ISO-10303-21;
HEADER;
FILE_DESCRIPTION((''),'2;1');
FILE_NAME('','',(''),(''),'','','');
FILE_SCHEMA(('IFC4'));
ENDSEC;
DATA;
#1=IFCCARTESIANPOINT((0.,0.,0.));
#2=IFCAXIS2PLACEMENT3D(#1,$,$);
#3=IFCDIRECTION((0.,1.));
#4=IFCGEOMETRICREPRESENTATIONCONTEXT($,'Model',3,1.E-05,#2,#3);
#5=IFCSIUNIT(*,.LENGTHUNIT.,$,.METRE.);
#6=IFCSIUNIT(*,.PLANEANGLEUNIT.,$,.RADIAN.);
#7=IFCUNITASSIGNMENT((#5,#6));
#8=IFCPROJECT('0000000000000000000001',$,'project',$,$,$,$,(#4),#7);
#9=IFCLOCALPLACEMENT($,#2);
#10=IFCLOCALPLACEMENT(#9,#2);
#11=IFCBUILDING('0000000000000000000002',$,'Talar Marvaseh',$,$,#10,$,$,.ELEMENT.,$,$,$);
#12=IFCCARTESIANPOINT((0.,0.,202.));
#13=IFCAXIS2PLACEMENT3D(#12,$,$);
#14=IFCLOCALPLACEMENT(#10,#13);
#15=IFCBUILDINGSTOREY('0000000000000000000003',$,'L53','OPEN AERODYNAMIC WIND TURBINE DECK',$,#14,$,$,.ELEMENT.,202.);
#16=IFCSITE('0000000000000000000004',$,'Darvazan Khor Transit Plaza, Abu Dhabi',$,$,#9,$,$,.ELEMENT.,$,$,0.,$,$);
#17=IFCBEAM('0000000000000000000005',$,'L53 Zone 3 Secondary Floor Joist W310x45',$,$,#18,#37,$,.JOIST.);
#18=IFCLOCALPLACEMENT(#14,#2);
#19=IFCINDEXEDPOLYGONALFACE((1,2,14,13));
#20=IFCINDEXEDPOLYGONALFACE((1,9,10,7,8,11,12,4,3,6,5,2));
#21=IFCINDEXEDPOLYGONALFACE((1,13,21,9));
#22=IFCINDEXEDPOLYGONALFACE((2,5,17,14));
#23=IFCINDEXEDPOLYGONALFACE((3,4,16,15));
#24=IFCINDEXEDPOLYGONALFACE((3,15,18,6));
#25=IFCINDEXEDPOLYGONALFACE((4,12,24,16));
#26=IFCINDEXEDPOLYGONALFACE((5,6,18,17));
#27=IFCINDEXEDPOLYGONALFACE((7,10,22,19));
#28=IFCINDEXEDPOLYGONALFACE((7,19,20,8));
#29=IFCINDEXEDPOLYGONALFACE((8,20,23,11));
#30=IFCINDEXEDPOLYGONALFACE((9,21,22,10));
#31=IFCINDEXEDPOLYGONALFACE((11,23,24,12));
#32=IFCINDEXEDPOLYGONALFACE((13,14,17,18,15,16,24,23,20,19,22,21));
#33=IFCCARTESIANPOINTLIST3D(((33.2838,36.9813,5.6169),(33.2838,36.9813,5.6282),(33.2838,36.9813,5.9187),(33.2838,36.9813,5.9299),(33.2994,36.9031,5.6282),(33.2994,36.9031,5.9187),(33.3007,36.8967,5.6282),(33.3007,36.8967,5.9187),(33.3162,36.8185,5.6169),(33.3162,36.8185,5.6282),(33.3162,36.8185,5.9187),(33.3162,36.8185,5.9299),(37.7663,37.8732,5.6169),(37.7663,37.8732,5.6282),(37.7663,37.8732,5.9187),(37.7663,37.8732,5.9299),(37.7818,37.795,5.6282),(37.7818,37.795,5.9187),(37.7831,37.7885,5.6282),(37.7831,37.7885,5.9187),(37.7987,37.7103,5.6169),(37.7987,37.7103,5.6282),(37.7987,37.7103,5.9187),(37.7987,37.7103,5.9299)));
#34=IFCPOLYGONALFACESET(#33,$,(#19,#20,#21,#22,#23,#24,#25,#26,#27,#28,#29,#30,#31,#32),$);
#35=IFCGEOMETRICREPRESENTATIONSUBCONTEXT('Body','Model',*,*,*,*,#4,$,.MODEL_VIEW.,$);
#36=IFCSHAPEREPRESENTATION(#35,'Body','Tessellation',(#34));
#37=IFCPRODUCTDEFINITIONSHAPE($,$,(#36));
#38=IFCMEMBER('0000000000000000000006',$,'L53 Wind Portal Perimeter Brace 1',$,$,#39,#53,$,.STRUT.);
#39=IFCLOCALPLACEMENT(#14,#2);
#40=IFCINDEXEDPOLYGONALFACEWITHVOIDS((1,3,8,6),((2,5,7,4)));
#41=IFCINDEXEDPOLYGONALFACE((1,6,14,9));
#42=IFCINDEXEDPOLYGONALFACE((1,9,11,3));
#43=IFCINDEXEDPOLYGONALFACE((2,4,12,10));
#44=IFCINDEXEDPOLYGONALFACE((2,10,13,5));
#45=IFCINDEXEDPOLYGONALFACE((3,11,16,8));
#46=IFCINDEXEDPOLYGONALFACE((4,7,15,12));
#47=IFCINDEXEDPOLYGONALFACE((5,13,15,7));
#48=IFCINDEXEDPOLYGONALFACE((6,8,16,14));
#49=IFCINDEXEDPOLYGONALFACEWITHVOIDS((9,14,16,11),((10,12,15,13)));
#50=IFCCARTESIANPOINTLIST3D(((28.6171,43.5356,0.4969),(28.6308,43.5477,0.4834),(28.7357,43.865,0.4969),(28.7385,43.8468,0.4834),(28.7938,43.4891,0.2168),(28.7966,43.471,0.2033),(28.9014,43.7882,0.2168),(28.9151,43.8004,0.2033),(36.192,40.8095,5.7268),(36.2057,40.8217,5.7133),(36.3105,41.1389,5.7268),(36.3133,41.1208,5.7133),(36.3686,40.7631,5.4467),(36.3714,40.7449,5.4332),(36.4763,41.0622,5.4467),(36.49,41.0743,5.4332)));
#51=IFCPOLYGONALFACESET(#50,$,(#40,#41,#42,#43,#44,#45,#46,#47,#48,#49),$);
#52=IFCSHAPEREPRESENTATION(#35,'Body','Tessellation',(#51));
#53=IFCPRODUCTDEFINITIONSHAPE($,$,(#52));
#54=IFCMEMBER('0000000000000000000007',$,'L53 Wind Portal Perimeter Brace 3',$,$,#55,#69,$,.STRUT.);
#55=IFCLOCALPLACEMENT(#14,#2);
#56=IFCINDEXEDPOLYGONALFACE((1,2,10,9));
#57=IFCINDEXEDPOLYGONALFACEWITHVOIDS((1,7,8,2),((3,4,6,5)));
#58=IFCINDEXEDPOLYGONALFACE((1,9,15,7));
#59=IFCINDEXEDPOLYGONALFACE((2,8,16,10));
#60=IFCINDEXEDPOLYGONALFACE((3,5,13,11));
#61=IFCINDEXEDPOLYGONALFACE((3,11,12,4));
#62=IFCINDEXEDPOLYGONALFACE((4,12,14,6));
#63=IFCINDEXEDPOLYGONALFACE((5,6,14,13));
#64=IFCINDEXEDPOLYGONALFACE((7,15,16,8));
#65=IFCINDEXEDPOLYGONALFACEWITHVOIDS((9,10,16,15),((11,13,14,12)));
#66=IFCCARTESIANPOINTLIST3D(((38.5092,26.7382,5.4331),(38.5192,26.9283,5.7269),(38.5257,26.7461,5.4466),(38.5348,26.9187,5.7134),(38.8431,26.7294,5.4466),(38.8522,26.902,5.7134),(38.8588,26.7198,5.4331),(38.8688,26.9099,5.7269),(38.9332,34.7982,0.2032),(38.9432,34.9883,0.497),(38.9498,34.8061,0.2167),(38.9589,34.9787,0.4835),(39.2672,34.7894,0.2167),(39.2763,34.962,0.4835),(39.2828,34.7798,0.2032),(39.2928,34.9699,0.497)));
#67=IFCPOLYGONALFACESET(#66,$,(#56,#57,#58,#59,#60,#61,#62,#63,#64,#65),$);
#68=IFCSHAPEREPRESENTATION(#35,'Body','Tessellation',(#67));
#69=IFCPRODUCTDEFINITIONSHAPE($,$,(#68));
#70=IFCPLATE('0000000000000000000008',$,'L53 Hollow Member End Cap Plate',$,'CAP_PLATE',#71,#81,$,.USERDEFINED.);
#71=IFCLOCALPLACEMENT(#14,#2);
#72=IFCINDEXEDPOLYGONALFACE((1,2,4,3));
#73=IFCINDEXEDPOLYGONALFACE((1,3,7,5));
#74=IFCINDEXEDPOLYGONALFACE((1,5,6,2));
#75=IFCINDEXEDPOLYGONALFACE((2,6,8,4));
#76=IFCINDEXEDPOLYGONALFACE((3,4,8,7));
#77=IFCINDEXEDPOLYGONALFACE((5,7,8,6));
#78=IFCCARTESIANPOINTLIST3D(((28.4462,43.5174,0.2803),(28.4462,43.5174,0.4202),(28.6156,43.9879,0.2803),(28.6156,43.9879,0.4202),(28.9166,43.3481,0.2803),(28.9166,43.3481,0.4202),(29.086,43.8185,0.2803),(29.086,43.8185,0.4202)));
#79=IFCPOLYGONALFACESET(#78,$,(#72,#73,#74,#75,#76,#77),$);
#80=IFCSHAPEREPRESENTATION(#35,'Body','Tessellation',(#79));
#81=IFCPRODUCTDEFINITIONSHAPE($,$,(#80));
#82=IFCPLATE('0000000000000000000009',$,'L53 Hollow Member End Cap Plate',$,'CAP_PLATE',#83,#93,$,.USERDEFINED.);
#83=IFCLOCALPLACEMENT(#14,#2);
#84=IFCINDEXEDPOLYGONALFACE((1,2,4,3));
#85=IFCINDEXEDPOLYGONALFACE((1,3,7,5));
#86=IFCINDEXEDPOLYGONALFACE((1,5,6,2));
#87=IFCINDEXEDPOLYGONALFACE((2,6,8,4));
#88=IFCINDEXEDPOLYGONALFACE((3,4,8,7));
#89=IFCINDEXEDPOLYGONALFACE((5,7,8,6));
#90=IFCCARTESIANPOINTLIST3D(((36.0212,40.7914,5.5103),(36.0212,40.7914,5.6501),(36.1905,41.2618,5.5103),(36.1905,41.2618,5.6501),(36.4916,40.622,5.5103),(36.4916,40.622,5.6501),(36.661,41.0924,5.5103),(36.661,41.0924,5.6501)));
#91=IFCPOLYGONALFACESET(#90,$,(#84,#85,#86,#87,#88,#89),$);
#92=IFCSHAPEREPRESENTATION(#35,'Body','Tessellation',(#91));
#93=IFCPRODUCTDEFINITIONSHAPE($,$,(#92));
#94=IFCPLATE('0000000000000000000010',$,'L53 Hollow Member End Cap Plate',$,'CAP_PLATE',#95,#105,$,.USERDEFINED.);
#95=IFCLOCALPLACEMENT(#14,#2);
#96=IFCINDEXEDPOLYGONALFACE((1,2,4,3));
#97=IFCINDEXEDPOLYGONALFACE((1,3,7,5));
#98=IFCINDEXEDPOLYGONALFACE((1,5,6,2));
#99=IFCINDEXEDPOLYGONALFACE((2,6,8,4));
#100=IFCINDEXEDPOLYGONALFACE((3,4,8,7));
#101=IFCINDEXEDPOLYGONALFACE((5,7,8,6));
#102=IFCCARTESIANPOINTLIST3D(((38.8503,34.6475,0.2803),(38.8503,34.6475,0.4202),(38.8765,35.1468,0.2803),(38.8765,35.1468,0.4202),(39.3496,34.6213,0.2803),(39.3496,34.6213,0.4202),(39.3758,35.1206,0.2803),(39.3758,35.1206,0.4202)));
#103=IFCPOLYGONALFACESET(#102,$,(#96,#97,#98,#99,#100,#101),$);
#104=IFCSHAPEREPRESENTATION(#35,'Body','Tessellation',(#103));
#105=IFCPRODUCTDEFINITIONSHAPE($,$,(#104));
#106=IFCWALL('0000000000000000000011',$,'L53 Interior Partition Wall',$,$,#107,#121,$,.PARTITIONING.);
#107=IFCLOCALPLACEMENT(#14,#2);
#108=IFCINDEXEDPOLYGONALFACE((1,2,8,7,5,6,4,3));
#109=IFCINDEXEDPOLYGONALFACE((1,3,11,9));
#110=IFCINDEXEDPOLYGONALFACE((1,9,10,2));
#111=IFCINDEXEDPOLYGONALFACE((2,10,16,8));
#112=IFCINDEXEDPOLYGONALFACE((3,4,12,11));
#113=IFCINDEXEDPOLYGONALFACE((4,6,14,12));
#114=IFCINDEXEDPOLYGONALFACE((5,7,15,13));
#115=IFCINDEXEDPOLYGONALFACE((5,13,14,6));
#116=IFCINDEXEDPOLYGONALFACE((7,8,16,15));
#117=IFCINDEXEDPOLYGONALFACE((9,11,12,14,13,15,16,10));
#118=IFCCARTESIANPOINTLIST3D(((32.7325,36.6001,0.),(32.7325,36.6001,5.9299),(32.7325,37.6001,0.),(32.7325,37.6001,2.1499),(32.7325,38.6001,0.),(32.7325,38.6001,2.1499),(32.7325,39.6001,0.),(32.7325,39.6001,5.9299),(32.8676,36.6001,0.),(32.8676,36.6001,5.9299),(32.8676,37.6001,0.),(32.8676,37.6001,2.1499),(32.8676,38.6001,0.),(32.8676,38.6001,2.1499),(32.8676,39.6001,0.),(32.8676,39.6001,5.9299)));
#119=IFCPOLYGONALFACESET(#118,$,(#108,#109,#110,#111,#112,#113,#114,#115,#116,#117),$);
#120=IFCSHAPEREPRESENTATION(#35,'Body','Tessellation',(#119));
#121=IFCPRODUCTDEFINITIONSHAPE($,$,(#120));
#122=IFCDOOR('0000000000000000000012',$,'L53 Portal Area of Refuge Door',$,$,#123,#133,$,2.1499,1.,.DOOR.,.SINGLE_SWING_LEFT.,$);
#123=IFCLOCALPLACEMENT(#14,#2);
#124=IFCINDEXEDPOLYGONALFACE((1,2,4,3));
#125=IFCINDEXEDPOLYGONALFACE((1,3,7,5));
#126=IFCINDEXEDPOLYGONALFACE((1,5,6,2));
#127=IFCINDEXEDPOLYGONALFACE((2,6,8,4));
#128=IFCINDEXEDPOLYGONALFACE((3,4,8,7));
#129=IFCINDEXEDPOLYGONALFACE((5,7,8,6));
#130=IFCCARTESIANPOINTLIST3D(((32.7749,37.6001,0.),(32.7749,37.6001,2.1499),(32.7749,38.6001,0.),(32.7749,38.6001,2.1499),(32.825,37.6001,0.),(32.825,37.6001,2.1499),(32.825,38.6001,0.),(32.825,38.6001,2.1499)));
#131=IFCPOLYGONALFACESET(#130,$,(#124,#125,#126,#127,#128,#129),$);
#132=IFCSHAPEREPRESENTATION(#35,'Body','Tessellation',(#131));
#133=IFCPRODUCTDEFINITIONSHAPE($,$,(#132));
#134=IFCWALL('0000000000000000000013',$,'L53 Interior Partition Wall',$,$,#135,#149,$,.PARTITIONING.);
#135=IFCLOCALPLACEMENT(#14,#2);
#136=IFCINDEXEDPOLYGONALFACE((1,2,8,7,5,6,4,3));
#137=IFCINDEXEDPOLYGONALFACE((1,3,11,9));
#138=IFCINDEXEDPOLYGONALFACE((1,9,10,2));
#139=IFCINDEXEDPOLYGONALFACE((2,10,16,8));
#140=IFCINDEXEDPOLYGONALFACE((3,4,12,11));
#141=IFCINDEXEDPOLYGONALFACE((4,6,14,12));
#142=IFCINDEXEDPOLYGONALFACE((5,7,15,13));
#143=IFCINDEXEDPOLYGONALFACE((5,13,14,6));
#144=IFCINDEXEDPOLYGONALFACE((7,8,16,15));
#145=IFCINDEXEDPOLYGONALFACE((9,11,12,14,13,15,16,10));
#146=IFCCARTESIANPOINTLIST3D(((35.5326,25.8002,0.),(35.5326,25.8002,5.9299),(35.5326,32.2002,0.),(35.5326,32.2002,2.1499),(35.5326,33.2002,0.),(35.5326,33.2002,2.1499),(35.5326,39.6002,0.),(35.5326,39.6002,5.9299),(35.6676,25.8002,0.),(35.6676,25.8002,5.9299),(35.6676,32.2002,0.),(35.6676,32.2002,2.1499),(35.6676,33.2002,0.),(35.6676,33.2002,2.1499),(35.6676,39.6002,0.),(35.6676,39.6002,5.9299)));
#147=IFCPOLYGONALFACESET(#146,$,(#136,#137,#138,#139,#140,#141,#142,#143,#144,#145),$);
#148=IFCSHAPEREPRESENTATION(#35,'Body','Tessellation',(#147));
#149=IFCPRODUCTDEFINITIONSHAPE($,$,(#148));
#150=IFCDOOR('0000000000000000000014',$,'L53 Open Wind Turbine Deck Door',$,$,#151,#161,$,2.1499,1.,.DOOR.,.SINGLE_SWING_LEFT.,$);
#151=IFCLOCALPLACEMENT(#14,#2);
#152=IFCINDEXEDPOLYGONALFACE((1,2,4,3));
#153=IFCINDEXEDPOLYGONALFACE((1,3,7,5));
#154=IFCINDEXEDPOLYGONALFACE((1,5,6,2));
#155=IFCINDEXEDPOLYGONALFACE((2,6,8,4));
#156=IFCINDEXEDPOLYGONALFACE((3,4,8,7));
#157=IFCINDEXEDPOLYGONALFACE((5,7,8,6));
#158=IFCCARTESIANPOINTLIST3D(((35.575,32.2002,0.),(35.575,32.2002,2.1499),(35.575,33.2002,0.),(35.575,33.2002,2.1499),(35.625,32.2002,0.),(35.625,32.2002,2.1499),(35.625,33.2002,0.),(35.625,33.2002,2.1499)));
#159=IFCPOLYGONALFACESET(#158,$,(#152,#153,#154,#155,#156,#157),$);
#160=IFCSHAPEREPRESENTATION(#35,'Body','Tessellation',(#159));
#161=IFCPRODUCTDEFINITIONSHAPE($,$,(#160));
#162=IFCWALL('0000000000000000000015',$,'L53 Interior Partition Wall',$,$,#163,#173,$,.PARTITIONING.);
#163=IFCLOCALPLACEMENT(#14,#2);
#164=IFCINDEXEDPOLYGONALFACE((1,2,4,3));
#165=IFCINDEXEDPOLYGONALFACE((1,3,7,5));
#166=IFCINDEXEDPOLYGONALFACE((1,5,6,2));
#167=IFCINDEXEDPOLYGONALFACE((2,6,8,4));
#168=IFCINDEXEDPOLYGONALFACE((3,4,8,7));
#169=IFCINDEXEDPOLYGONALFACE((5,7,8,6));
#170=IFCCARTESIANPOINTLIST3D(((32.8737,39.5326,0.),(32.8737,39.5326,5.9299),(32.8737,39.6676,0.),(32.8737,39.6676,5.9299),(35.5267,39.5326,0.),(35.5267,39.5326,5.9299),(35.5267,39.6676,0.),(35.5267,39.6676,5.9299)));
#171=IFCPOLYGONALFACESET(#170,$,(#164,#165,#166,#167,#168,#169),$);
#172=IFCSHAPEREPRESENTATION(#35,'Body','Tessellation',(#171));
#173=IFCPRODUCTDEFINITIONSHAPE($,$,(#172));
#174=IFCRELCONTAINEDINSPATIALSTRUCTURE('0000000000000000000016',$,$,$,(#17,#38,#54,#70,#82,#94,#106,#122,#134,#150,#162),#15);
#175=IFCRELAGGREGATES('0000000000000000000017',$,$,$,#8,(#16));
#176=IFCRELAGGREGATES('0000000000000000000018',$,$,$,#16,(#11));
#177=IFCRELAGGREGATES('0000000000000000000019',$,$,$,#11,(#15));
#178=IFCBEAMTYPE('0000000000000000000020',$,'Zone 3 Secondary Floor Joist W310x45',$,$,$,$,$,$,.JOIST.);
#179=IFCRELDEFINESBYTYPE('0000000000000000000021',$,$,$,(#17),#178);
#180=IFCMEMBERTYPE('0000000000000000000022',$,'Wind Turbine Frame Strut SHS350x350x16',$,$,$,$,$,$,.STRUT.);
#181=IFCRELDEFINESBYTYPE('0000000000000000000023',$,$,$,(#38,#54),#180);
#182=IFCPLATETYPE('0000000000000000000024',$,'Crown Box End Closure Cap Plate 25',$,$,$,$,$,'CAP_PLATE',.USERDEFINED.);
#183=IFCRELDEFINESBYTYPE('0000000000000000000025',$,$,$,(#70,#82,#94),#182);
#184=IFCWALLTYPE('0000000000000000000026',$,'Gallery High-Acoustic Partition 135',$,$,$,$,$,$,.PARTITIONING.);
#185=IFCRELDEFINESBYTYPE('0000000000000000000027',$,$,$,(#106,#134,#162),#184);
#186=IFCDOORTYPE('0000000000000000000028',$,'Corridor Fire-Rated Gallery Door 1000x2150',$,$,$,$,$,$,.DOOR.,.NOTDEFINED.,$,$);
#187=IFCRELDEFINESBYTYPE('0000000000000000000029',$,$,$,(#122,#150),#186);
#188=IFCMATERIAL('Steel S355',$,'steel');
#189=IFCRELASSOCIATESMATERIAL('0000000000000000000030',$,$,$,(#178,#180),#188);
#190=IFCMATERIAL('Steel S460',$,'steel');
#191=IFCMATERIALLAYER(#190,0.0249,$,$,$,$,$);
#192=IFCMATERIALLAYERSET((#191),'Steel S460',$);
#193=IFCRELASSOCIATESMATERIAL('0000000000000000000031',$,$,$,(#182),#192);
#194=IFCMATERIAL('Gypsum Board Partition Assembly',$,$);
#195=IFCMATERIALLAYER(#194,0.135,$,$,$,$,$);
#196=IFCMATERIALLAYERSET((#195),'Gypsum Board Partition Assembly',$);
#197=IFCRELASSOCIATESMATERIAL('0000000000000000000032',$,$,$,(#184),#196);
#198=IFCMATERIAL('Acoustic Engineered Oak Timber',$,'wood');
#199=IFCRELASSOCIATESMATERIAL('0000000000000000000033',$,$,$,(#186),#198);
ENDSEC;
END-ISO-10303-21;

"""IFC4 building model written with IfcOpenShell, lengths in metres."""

from ifc_helpers import new_model, si_unit, direction, frame, frame_2d, origin, origin_2d, place, context, subcontext, project, spatial, rectangle, hollow_rectangle, i_section, extrude, source, transform, mapped, material, layer, layer_set, material_profile, profile_set, type_object, type_shapes, element, fill, save


model = new_model("IFC4")

# Units and contexts
model_context = context("Model", 3, precision=1e-05, world=origin(), true_north=direction((0.0, 1.0)))
body_context = subcontext(model_context, "Body", "Model", "MODEL_VIEW")
ifc_project = project(units=[si_unit("LENGTHUNIT", "METRE"), si_unit("PLANEANGLEUNIT", "RADIAN")], contexts=[model_context])

# Site, building, storey
site_placement = place(None, origin())
site = spatial("IfcSite", under=ifc_project, at=site_placement, Name="Darvazan Khor Transit Plaza, Abu Dhabi", CompositionType="ELEMENT", RefElevation=0.0)
building_placement = place(site_placement, origin())
building = spatial("IfcBuilding", under=site, at=building_placement, Name="Talar Marvaseh", CompositionType="ELEMENT")
storey_placement = place(building_placement, frame((0.0, 0.0, 202.0)))
storey = spatial("IfcBuildingStorey", under=building, at=storey_placement, Name="L53", Description="OPEN AERODYNAMIC WIND TURBINE DECK", CompositionType="ELEMENT", Elevation=202.0)

# Shared definitions
ifc_material_1 = material(Name="Steel S460", Category="steel")

# Beam
ifc_material_2 = material(Name="Steel S355", Category="steel")
ifc_material_profile_1 = material_profile(ifc_material_2, i_section(OverallWidth=0.166, OverallDepth=0.313, WebThickness=0.0066, FlangeThickness=0.0112, at=origin_2d()), Name="W310x45")
ifc_profile_set_1 = profile_set([ifc_material_profile_1], Name="Steel S355")
beam_type_1 = type_object("IfcBeamType", Name="Zone 3 Secondary Floor Joist W310x45", PredefinedType="JOIST", material=ifc_profile_set_1)
beam_1_placement = place(storey_placement, frame((37.7825, 37.7917, 5.7734), z_axis=(-0.980775, -0.19514, 0.0), x_axis=(0.19514, -0.980775, 0.0)))
element("IfcBeam", 1, at=beam_1_placement, inside=storey, type_object=beam_type_1, Name="L53 Zone 3 Secondary Floor Joist W310x45", PredefinedType="JOIST", context=body_context, shape_type="SweptSolid", body=[
    extrude(i_section(OverallWidth=0.166, OverallDepth=0.313, WebThickness=0.0066, FlangeThickness=0.0112, at=origin_2d()), origin(), (0.0, 0.0, 1.0), 4.5703),
])

# Members
ifc_material_profile_2 = material_profile(ifc_material_2, hollow_rectangle(XDim=0.3501, YDim=0.3501, WallThickness=0.0161, at=origin_2d()), Name="SHS350x350x16")
ifc_profile_set_2 = profile_set([ifc_material_profile_2], Name="Steel S355")
member_type = type_object("IfcMemberType", Name="Wind Turbine Frame Strut SHS350x350x16", PredefinedType="STRUT", material=ifc_profile_set_2)
shared_shape_1 = source(origin(), body_context, "Body", "SweptSolid", [
    extrude(hollow_rectangle(XDim=0.3501, YDim=0.3501, WallThickness=0.0161, at=origin_2d()), origin(), (0.0, 0.0, 1.0), 9.6001),
])
member_1_placement = place(storey_placement, frame((28.7661, 43.668, 0.3501), z_axis=(0.78904, -0.28396, 0.544778), x_axis=(0.33862, 0.940923, 0.0)))
element("IfcMember", 2, at=member_1_placement, inside=storey, type_object=member_type, Name="L53 Wind Portal Perimeter Brace 1", PredefinedType="STRUT", context=body_context, shape_type="MappedRepresentation", body=[
    mapped(shared_shape_1, transform((0.0, 0.0, 0.0), x_axis=(1.0, 0.0, 0.0), y_axis=(0.0, 1.0, 0.0), z_axis=(0.0, 0.0, 1.0), scale=1.0)),
])
shared_shape_2 = source(origin(), body_context, "Body", "SweptSolid", [
    extrude(hollow_rectangle(XDim=0.3501, YDim=0.3501, WallThickness=0.0161, at=origin_2d()), origin(), (0.0, 0.0, 1.0), 9.6174),
])
type_shapes(member_type, [shared_shape_1, shared_shape_2])
member_2_placement = place(storey_placement, frame((39.113, 34.884, 0.3501), z_axis=(-0.044094, -0.838058, 0.543796), x_axis=(0.998619, -0.052541, 0.0)))
element("IfcMember", 3, at=member_2_placement, inside=storey, type_object=member_type, Name="L53 Wind Portal Perimeter Brace 3", PredefinedType="STRUT", context=body_context, shape_type="MappedRepresentation", body=[
    mapped(shared_shape_2, transform((0.0, 0.0, 0.0), x_axis=(1.0, 0.0, 0.0), y_axis=(0.0, 1.0, 0.0), z_axis=(0.0, 0.0, 1.0), scale=1.0)),
])

# Plates
ifc_layer_1 = layer(ifc_material_1, 0.0249)
ifc_layer_set_1 = layer_set([ifc_layer_1], Name="Steel S460")
plate_type = type_object("IfcPlateType", Name="Crown Box End Closure Cap Plate 25", ElementType="CAP_PLATE", PredefinedType="USERDEFINED", material=ifc_layer_set_1)
shared_shape_3 = source(origin(), body_context, "Body", "SweptSolid", [
    extrude(rectangle(XDim=0.5, YDim=0.5, at=origin_2d()), origin(), (0.0, 0.0, 1.0), 0.1399),
])
type_shapes(plate_type, [shared_shape_3])
for number, where, z_axis, x_axis, name in (
    (4, (28.7661, 43.668, 0.2803), (0.0, 0.0, 1.0), (0.940881, -0.338738, 0.0), "L53 Hollow Member End Cap Plate"),
    (5, (36.3411, 40.9419, 5.5103), (0.0, 0.0, 1.0), (0.940881, -0.338738, 0.0), "L53 Hollow Member End Cap Plate"),
    (6, (39.113, 34.884, 0.2803), (0.0, 0.0, 1.0), (-0.052336, -0.99863, 0.0), "L53 Hollow Member End Cap Plate"),
):
    element("IfcPlate", number, at=place(storey_placement, frame(where, z_axis=z_axis, x_axis=x_axis)), inside=storey, type_object=plate_type, Name=name, ObjectType="CAP_PLATE", PredefinedType="USERDEFINED", context=body_context, shape_type="MappedRepresentation", body=[
        mapped(shared_shape_3, transform((0.0, 0.0, 0.0), x_axis=(1.0, 0.0, 0.0), y_axis=(0.0, 1.0, 0.0), z_axis=(0.0, 0.0, 1.0), scale=1.0)),
    ])

# Walls, openings, doors
ifc_material_3 = material(Name="Gypsum Board Partition Assembly")
ifc_layer_2 = layer(ifc_material_3, 0.135)
ifc_layer_set_2 = layer_set([ifc_layer_2], Name="Gypsum Board Partition Assembly")
wall_type_1 = type_object("IfcWallType", Name="Gallery High-Acoustic Partition 135", PredefinedType="PARTITIONING", material=ifc_layer_set_2)
wall_1_placement = place(storey_placement, frame((32.8, 39.6001, 0.0), z_axis=(0.0, 0.0, 1.0), x_axis=(0.0, -1.0, 0.0)))
wall_1 = element("IfcWall", 7, at=wall_1_placement, inside=storey, type_object=wall_type_1, Name="L53 Interior Partition Wall", PredefinedType="PARTITIONING", context=body_context, shape_type="SweptSolid", body=[
    extrude(rectangle(XDim=3.0, YDim=0.135, at=frame_2d((1.5, 0.0))), origin(), (0.0, 0.0, 1.0), 5.9299),
])
opening_1_placement = place(wall_1_placement, frame((1.0, 0.0, 0.0)))
opening_1 = element("IfcOpeningElement", 8, at=opening_1_placement, cuts=wall_1, PredefinedType="OPENING", context=body_context, shape_type="SweptSolid", body=[
    extrude(rectangle(XDim=1.0, YDim=2.1499, at=frame_2d((0.5, 1.075))), frame((0.0, 0.0776, 0.0), z_axis=(0.0, -1.0, 0.0), x_axis=(1.0, 0.0, 0.0)), (0.0, 0.0, 1.0), 0.155),
])
ifc_material_4 = material(Name="Acoustic Engineered Oak Timber", Category="wood")
door_type_1 = type_object("IfcDoorType", Name="Corridor Fire-Rated Gallery Door 1000x2150", OperationType="NOTDEFINED", PredefinedType="DOOR", material=ifc_material_4)
shared_shape_4 = source(origin(), body_context, "Body", "SweptSolid", [
    extrude(rectangle(XDim=1.0, YDim=2.1499, at=frame_2d((0.5, 1.075))), frame((0.0, 0.0249, 0.0), z_axis=(0.0, -1.0, 0.0), x_axis=(1.0, 0.0, 0.0)), (0.0, 0.0, 1.0), 0.05),
])
type_shapes(door_type_1, [shared_shape_4])
door_1_placement = place(opening_1_placement, origin())
door_1 = element("IfcDoor", 9, at=door_1_placement, inside=storey, type_object=door_type_1, Name="L53 Portal Area of Refuge Door", OperationType="SINGLE_SWING_LEFT", OverallHeight=2.1499, OverallWidth=1.0, PredefinedType="DOOR", context=body_context, shape_type="MappedRepresentation", body=[
    mapped(shared_shape_4, transform((0.0, 0.0, 0.0), x_axis=(1.0, 0.0, 0.0), y_axis=(0.0, 1.0, 0.0), z_axis=(0.0, 0.0, 1.0), scale=1.0)),
])
fill(opening_1, door_1)
wall_2_placement = place(storey_placement, frame((35.6001, 39.6001, 0.0), z_axis=(0.0, 0.0, 1.0), x_axis=(0.0, -1.0, 0.0)))
wall_2 = element("IfcWall", 10, at=wall_2_placement, inside=storey, type_object=wall_type_1, Name="L53 Interior Partition Wall", PredefinedType="PARTITIONING", context=body_context, shape_type="SweptSolid", body=[
    extrude(rectangle(XDim=13.8, YDim=0.135, at=frame_2d((6.8999, 0.0))), origin(), (0.0, 0.0, 1.0), 5.9299),
])
opening_2_placement = place(wall_2_placement, frame((6.3999, 0.0, 0.0)))
opening_2 = element("IfcOpeningElement", 11, at=opening_2_placement, cuts=wall_2, PredefinedType="OPENING", context=body_context, shape_type="SweptSolid", body=[
    extrude(rectangle(XDim=1.0, YDim=2.1499, at=frame_2d((0.5, 1.075))), frame((0.0, 0.0776, 0.0), z_axis=(0.0, -1.0, 0.0), x_axis=(1.0, 0.0, 0.0)), (0.0, 0.0, 1.0), 0.155),
])
door_2_placement = place(opening_2_placement, origin())
door_2 = element("IfcDoor", 12, at=door_2_placement, inside=storey, type_object=door_type_1, Name="L53 Open Wind Turbine Deck Door", OperationType="SINGLE_SWING_LEFT", OverallHeight=2.1499, OverallWidth=1.0, PredefinedType="DOOR", context=body_context, shape_type="MappedRepresentation", body=[
    mapped(shared_shape_4, transform((0.0, 0.0, 0.0), x_axis=(1.0, 0.0, 0.0), y_axis=(0.0, 1.0, 0.0), z_axis=(0.0, 0.0, 1.0), scale=1.0)),
])
fill(opening_2, door_2)

# Wall
wall_3_placement = place(storey_placement, frame((32.8735, 39.6001, 0.0), z_axis=(0.0, 0.0, 1.0), x_axis=(1.0, 0.0, 0.0)))
element("IfcWall", 13, at=wall_3_placement, inside=storey, type_object=wall_type_1, Name="L53 Interior Partition Wall", PredefinedType="PARTITIONING", context=body_context, shape_type="SweptSolid", body=[
    extrude(rectangle(XDim=2.6531, YDim=0.135, at=frame_2d((1.3267, 0.0))), origin(), (0.0, 0.0, 1.0), 5.9299),
])

save(model, "model.ifc")
